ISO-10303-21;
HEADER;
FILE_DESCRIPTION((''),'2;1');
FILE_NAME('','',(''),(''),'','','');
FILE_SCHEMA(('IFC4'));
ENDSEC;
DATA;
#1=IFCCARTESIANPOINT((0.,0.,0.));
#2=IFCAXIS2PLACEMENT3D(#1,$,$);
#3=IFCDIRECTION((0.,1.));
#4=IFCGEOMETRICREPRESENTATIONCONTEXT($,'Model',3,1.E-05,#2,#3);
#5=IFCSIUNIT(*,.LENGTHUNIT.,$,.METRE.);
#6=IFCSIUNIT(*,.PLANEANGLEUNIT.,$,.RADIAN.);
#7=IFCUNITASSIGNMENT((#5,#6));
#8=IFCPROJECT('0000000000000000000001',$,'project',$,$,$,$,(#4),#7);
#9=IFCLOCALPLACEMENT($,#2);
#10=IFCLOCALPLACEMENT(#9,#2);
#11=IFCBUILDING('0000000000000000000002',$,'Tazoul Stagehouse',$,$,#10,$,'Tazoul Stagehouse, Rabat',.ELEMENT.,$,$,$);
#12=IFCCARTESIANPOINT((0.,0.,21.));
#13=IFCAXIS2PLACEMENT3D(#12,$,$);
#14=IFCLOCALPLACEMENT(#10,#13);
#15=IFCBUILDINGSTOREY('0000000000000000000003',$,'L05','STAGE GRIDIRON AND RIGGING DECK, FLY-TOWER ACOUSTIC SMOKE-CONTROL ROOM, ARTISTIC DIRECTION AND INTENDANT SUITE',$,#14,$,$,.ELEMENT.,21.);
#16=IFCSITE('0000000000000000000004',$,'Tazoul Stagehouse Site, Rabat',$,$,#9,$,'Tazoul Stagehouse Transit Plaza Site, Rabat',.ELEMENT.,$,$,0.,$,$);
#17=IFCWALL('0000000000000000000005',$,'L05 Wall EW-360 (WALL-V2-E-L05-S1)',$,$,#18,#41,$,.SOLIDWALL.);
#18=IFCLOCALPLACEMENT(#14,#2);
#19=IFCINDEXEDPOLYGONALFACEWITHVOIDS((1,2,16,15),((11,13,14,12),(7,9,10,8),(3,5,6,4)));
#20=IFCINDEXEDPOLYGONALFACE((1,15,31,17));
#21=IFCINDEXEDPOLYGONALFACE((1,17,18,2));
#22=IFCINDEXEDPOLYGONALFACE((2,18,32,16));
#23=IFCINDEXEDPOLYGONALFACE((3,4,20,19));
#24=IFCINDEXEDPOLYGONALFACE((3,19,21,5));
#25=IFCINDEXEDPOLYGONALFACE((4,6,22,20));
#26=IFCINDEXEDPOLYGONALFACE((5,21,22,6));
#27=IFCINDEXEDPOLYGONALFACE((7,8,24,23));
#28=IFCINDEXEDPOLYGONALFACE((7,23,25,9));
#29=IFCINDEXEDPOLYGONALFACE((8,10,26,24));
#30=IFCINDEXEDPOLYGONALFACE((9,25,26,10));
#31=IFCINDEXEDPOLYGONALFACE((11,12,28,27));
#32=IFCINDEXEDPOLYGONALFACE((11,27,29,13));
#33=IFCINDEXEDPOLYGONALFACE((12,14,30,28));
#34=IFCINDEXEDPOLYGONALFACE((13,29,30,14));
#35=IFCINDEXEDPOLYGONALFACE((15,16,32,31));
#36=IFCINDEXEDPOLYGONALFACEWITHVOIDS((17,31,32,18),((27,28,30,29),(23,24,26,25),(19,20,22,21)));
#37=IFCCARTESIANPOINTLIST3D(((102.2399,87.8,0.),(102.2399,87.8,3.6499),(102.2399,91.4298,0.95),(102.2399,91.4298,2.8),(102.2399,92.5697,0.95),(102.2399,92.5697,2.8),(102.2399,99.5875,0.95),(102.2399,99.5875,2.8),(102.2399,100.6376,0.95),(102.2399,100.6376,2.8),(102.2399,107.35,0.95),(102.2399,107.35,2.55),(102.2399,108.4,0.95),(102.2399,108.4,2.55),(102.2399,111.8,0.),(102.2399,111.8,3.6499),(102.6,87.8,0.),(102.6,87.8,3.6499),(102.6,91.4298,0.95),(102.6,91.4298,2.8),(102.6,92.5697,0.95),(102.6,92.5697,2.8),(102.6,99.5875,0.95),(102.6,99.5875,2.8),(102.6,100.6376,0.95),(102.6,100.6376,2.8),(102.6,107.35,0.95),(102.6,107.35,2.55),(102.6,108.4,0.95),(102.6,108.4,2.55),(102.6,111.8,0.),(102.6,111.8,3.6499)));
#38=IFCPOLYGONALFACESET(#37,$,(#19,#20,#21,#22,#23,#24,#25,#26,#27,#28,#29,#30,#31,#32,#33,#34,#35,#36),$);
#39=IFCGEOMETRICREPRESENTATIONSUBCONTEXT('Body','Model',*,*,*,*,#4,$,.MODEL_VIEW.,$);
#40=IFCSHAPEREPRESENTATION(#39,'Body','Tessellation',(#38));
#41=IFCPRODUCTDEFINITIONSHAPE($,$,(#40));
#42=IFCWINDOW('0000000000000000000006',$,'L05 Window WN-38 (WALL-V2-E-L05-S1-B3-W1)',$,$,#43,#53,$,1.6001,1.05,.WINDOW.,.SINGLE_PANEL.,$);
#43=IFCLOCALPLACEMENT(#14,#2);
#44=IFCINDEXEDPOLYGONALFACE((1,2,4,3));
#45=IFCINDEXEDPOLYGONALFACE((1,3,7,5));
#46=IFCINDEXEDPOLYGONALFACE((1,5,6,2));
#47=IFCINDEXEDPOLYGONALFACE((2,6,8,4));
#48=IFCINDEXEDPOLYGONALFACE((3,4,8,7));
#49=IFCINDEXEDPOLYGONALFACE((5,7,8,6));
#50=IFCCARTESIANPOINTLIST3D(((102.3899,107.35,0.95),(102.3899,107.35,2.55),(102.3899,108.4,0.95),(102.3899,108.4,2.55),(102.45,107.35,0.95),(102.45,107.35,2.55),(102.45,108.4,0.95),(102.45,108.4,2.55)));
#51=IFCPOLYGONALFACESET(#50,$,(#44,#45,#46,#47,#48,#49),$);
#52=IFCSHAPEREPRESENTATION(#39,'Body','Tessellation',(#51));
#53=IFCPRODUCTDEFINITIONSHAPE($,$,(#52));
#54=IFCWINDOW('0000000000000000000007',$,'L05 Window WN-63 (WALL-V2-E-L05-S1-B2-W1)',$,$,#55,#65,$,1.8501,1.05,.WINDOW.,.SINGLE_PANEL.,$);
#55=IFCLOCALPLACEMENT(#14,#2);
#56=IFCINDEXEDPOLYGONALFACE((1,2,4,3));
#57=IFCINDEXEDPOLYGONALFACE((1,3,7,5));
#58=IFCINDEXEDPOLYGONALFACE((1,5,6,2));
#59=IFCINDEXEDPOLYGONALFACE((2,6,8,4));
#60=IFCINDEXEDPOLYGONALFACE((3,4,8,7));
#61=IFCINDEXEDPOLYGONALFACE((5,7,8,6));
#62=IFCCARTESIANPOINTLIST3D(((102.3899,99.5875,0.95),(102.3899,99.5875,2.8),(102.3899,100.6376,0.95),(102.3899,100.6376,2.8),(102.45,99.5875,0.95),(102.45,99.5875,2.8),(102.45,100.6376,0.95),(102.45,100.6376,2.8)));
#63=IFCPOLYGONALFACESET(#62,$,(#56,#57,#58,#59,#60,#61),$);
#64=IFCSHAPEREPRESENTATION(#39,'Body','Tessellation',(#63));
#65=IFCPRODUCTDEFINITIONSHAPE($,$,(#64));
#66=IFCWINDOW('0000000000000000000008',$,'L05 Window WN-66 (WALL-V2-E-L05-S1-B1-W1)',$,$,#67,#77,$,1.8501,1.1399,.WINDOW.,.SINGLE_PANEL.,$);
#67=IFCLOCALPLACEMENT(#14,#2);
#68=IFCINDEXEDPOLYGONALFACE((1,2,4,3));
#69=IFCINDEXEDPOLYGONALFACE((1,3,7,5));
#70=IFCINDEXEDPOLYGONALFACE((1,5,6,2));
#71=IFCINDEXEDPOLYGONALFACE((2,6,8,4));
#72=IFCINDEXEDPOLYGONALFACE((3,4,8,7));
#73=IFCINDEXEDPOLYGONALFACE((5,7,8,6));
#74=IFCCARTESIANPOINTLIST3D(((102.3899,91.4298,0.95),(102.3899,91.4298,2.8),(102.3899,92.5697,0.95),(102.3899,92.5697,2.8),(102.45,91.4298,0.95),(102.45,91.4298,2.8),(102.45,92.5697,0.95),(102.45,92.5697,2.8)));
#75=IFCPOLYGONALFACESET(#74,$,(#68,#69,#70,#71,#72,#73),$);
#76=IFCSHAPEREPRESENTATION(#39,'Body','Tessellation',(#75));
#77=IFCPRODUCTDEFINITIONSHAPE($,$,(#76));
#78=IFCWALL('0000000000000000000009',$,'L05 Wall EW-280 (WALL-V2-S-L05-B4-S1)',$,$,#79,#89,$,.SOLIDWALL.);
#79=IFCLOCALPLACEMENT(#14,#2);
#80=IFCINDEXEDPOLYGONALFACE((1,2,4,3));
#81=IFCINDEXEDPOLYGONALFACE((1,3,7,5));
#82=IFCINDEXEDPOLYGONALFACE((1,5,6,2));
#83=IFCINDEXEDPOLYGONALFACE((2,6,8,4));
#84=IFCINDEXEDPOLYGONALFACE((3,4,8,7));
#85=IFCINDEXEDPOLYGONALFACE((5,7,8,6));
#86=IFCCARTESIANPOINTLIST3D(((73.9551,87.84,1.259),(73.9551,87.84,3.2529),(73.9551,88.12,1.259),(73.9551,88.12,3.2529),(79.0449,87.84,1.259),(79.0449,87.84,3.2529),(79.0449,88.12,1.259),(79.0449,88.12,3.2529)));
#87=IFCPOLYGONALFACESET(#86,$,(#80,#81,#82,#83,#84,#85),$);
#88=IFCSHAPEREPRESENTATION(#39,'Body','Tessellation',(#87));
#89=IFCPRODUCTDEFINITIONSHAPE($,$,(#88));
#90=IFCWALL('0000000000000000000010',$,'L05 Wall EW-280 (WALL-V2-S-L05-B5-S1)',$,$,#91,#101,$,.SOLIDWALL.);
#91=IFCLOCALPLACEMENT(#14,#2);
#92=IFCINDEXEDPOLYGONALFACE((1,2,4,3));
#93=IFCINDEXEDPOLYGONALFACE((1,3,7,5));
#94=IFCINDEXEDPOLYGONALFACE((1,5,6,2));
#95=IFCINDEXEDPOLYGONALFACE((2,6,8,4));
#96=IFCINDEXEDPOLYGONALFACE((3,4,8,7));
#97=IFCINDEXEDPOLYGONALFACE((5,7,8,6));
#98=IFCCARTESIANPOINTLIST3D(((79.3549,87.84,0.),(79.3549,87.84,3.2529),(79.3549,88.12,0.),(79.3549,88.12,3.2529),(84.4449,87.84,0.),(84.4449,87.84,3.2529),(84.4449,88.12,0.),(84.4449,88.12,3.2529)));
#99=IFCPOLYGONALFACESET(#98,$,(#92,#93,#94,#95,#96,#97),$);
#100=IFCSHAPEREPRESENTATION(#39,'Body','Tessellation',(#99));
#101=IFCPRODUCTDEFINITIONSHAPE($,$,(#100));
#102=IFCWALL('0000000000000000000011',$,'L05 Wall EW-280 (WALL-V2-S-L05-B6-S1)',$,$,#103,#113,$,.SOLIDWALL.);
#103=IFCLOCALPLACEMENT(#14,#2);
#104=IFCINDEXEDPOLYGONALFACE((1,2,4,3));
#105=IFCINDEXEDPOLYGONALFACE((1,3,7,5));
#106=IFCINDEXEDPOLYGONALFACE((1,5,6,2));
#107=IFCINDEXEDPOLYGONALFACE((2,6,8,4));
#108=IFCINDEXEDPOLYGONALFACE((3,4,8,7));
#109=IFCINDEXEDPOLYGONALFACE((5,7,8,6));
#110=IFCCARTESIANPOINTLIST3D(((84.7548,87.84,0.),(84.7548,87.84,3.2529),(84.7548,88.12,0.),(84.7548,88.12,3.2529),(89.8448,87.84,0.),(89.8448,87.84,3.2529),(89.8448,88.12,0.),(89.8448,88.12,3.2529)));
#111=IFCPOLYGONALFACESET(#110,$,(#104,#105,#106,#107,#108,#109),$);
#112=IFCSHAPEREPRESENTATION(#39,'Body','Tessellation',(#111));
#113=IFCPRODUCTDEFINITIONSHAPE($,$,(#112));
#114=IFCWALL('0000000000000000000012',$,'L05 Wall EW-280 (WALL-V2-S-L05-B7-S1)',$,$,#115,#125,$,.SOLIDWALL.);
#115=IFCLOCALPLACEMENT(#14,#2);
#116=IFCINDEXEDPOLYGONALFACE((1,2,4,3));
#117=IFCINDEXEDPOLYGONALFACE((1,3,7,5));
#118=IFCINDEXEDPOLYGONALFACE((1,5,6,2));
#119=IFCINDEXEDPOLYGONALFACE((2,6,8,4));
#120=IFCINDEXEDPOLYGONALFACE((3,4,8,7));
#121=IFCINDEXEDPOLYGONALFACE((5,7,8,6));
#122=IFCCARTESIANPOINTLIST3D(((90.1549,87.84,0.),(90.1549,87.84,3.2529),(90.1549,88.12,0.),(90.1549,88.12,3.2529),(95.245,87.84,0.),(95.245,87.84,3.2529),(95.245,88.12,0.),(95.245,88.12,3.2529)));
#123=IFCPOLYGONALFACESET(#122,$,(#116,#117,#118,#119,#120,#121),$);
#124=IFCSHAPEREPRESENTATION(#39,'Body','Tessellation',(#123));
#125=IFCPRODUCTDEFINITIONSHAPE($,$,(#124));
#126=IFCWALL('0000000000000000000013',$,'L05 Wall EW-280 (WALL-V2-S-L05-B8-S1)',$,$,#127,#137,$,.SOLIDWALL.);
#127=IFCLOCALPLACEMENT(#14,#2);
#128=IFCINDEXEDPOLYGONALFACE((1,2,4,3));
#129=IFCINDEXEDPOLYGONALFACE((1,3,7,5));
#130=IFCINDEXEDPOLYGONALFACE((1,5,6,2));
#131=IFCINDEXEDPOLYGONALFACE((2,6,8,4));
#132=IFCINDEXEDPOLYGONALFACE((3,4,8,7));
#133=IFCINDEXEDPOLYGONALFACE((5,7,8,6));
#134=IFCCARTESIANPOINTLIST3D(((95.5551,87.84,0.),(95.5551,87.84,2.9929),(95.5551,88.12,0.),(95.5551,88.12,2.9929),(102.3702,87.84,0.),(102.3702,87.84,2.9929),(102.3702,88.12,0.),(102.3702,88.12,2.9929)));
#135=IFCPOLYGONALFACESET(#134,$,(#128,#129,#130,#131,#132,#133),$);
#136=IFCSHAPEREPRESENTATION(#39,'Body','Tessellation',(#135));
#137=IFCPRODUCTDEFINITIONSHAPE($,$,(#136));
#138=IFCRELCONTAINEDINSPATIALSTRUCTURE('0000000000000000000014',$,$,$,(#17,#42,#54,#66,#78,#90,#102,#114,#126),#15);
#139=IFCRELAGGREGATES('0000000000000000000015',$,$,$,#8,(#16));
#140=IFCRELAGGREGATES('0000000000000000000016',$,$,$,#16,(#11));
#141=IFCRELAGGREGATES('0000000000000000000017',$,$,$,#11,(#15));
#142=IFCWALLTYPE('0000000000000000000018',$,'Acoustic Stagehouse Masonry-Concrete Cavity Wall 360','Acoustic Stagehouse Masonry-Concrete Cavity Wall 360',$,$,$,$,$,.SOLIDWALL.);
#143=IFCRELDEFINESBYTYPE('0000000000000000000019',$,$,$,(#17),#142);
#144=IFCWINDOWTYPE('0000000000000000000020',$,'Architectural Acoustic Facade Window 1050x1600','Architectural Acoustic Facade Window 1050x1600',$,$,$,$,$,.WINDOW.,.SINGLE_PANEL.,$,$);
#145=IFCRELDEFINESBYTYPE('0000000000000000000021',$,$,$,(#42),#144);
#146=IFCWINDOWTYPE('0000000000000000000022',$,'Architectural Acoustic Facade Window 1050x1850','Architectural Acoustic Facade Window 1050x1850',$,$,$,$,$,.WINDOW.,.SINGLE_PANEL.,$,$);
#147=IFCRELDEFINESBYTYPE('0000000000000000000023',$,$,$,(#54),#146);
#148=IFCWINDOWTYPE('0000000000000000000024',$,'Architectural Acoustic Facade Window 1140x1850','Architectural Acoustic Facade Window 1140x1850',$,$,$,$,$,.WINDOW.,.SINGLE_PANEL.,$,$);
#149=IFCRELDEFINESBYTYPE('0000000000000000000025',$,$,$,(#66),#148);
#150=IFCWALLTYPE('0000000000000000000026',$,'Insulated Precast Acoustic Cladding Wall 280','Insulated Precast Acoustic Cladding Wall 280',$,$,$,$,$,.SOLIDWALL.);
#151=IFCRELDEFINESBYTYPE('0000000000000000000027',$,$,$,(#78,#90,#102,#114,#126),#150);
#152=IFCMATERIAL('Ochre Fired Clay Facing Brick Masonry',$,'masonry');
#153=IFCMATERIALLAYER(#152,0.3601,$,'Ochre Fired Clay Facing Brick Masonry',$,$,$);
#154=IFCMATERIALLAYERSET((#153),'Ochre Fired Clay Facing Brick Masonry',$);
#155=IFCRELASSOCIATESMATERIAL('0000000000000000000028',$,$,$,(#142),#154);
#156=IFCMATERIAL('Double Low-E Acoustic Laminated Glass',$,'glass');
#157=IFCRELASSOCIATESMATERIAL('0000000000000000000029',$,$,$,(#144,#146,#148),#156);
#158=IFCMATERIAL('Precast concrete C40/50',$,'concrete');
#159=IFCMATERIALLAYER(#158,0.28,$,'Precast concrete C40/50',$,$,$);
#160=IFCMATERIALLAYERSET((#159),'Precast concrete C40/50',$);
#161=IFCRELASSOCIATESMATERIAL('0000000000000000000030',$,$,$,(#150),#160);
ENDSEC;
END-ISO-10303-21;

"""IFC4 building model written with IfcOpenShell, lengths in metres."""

from ifc_helpers import new_model, si_unit, direction, frame, frame_2d, origin, place, context, subcontext, project, spatial, rectangle, extrude, material, layer, layer_set, type_object, element, fill, save


model = new_model("IFC4")

# Units and contexts
model_context = context("Model", 3, precision=1e-05, world=origin(), true_north=direction((0.0, 1.0)))
body_context = subcontext(model_context, "Body", "Model", "MODEL_VIEW")
ifc_project = project(units=[si_unit("LENGTHUNIT", "METRE"), si_unit("PLANEANGLEUNIT", "RADIAN")], contexts=[model_context])

# Site, building, storey
site_placement = place(None, origin())
site = spatial("IfcSite", under=ifc_project, at=site_placement, Name="Tazoul Stagehouse Site, Rabat", LongName="Tazoul Stagehouse Transit Plaza Site, Rabat", CompositionType="ELEMENT", RefElevation=0.0)
building_placement = place(site_placement, origin())
building = spatial("IfcBuilding", under=site, at=building_placement, Name="Tazoul Stagehouse", LongName="Tazoul Stagehouse, Rabat", CompositionType="ELEMENT")
storey_placement = place(building_placement, frame((0.0, 0.0, 21.0)))
storey = spatial("IfcBuildingStorey", under=building, at=storey_placement, Name="L05", Description="STAGE GRIDIRON AND RIGGING DECK, FLY-TOWER ACOUSTIC SMOKE-CONTROL ROOM, ARTISTIC DIRECTION AND INTENDANT SUITE", CompositionType="ELEMENT", Elevation=21.0)

# Wall, openings, windows
ifc_material_1 = material(Name="Ochre Fired Clay Facing Brick Masonry", Category="masonry")
ifc_layer_1 = layer(ifc_material_1, 0.3601, Name="Ochre Fired Clay Facing Brick Masonry")
ifc_layer_set_1 = layer_set([ifc_layer_1], Name="Ochre Fired Clay Facing Brick Masonry")
wall_type_1 = type_object("IfcWallType", Name="Acoustic Stagehouse Masonry-Concrete Cavity Wall 360", Description="Acoustic Stagehouse Masonry-Concrete Cavity Wall 360", PredefinedType="SOLIDWALL", material=ifc_layer_set_1)
wall_1_placement = place(storey_placement, frame((102.4199, 87.8, 0.0), z_axis=(0.0, 0.0, 1.0), x_axis=(0.0, 1.0, 0.0)))
wall_1 = element("IfcWall", 1, at=wall_1_placement, inside=storey, type_object=wall_type_1, Name="L05 Wall EW-360 (WALL-V2-E-L05-S1)", PredefinedType="SOLIDWALL", context=body_context, shape_type="SweptSolid", body=[
    extrude(rectangle(XDim=24.0, YDim=0.3601, at=frame_2d((12.0, 0.0))), origin(), (0.0, 0.0, 1.0), 3.6499),
])
opening_1_placement = place(wall_1_placement, frame((3.6299, 0.0, 0.95)))
opening_1 = element("IfcOpeningElement", 2, at=opening_1_placement, cuts=wall_1, PredefinedType="OPENING", context=body_context, shape_type="SweptSolid", body=[
    extrude(rectangle(XDim=1.1399, YDim=1.8501, at=frame_2d((0.5698, 0.925))), frame((0.0, 0.2, 0.0), z_axis=(0.0, -1.0, 0.0), x_axis=(1.0, 0.0, 0.0)), (0.0, 0.0, 1.0), 0.4001),
])
opening_2_placement = place(wall_1_placement, frame((11.7876, 0.0, 0.95)))
opening_2 = element("IfcOpeningElement", 3, at=opening_2_placement, cuts=wall_1, PredefinedType="OPENING", context=body_context, shape_type="SweptSolid", body=[
    extrude(rectangle(XDim=1.05, YDim=1.8501, at=frame_2d((0.5249, 0.925))), frame((0.0, 0.2, 0.0), z_axis=(0.0, -1.0, 0.0), x_axis=(1.0, 0.0, 0.0)), (0.0, 0.0, 1.0), 0.4001),
])
opening_3_placement = place(wall_1_placement, frame((19.55, 0.0, 0.95)))
opening_3 = element("IfcOpeningElement", 4, at=opening_3_placement, cuts=wall_1, PredefinedType="OPENING", context=body_context, shape_type="SweptSolid", body=[
    extrude(rectangle(XDim=1.05, YDim=1.6001, at=frame_2d((0.5249, 0.8))), frame((0.0, 0.2, 0.0), z_axis=(0.0, -1.0, 0.0), x_axis=(1.0, 0.0, 0.0)), (0.0, 0.0, 1.0), 0.4001),
])
ifc_material_2 = material(Name="Double Low-E Acoustic Laminated Glass", Category="glass")
window_type_1 = type_object("IfcWindowType", Name="Architectural Acoustic Facade Window 1050x1600", Description="Architectural Acoustic Facade Window 1050x1600", PartitioningType="SINGLE_PANEL", PredefinedType="WINDOW", material=ifc_material_2)
window_1_placement = place(opening_3_placement, origin())
window_1 = element("IfcWindow", 5, at=window_1_placement, inside=storey, type_object=window_type_1, Name="L05 Window WN-38 (WALL-V2-E-L05-S1-B3-W1)", OverallHeight=1.6001, OverallWidth=1.05, PartitioningType="SINGLE_PANEL", PredefinedType="WINDOW", context=body_context, shape_type="SweptSolid", body=[
    extrude(rectangle(XDim=1.05, YDim=1.6001, at=frame_2d((0.5249, 0.8))), frame((0.0, 0.03, 0.0), z_axis=(0.0, -1.0, 0.0), x_axis=(1.0, 0.0, 0.0)), (0.0, 0.0, 1.0), 0.0601),
])
fill(opening_3, window_1)
window_type_2 = type_object("IfcWindowType", Name="Architectural Acoustic Facade Window 1050x1850", Description="Architectural Acoustic Facade Window 1050x1850", PartitioningType="SINGLE_PANEL", PredefinedType="WINDOW", material=ifc_material_2)
window_2_placement = place(opening_2_placement, origin())
window_2 = element("IfcWindow", 6, at=window_2_placement, inside=storey, type_object=window_type_2, Name="L05 Window WN-63 (WALL-V2-E-L05-S1-B2-W1)", OverallHeight=1.8501, OverallWidth=1.05, PartitioningType="SINGLE_PANEL", PredefinedType="WINDOW", context=body_context, shape_type="SweptSolid", body=[
    extrude(rectangle(XDim=1.05, YDim=1.8501, at=frame_2d((0.5249, 0.925))), frame((0.0, 0.03, 0.0), z_axis=(0.0, -1.0, 0.0), x_axis=(1.0, 0.0, 0.0)), (0.0, 0.0, 1.0), 0.0601),
])
fill(opening_2, window_2)
window_type_3 = type_object("IfcWindowType", Name="Architectural Acoustic Facade Window 1140x1850", Description="Architectural Acoustic Facade Window 1140x1850", PartitioningType="SINGLE_PANEL", PredefinedType="WINDOW", material=ifc_material_2)
window_3_placement = place(opening_1_placement, origin())
window_3 = element("IfcWindow", 7, at=window_3_placement, inside=storey, type_object=window_type_3, Name="L05 Window WN-66 (WALL-V2-E-L05-S1-B1-W1)", OverallHeight=1.8501, OverallWidth=1.1399, PartitioningType="SINGLE_PANEL", PredefinedType="WINDOW", context=body_context, shape_type="SweptSolid", body=[
    extrude(rectangle(XDim=1.1399, YDim=1.8501, at=frame_2d((0.5698, 0.925))), frame((0.0, 0.03, 0.0), z_axis=(0.0, -1.0, 0.0), x_axis=(1.0, 0.0, 0.0)), (0.0, 0.0, 1.0), 0.0601),
])
fill(opening_1, window_3)

# Walls
ifc_material_3 = material(Name="Precast concrete C40/50", Category="concrete")
ifc_layer_2 = layer(ifc_material_3, 0.28, Name="Precast concrete C40/50")
ifc_layer_set_2 = layer_set([ifc_layer_2], Name="Precast concrete C40/50")
wall_type_2 = type_object("IfcWallType", Name="Insulated Precast Acoustic Cladding Wall 280", Description="Insulated Precast Acoustic Cladding Wall 280", PredefinedType="SOLIDWALL", material=ifc_layer_set_2)
wall_2_placement = place(storey_placement, frame((73.9551, 87.98, 1.259), z_axis=(0.0, 0.0, 1.0), x_axis=(1.0, 0.0, 0.0)))
element("IfcWall", 8, at=wall_2_placement, inside=storey, type_object=wall_type_2, Name="L05 Wall EW-280 (WALL-V2-S-L05-B4-S1)", PredefinedType="SOLIDWALL", context=body_context, shape_type="SweptSolid", body=[
    extrude(rectangle(XDim=5.0898, YDim=0.28, at=frame_2d((2.5449, 0.0))), origin(), (0.0, 0.0, 1.0), 1.9939),
])
for number, where, z_axis, x_axis, name in (
    (9, (79.355, 87.98, 0.0), (0.0, 0.0, 1.0), (1.0, 0.0, 0.0), "L05 Wall EW-280 (WALL-V2-S-L05-B5-S1)"),
    (10, (84.7549, 87.98, 0.0), (0.0, 0.0, 1.0), (1.0, 0.0, 0.0), "L05 Wall EW-280 (WALL-V2-S-L05-B6-S1)"),
    (11, (90.155, 87.98, 0.0), (0.0, 0.0, 1.0), (1.0, 0.0, 0.0), "L05 Wall EW-280 (WALL-V2-S-L05-B7-S1)"),
):
    element("IfcWall", number, at=place(storey_placement, frame(where, z_axis=z_axis, x_axis=x_axis)), inside=storey, type_object=wall_type_2, Name=name, PredefinedType="SOLIDWALL", context=body_context, shape_type="SweptSolid", body=[
        extrude(rectangle(XDim=5.0901, YDim=0.28, at=frame_2d((2.5449, 0.0))), origin(), (0.0, 0.0, 1.0), 3.2529),
    ])
wall_3_placement = place(storey_placement, frame((95.5549, 87.98, 0.0), z_axis=(0.0, 0.0, 1.0), x_axis=(1.0, 0.0, 0.0)))
element("IfcWall", 12, at=wall_3_placement, inside=storey, type_object=wall_type_2, Name="L05 Wall EW-280 (WALL-V2-S-L05-B8-S1)", PredefinedType="SOLIDWALL", context=body_context, shape_type="SweptSolid", body=[
    extrude(rectangle(XDim=6.8152, YDim=0.28, at=frame_2d((3.4077, 0.0))), origin(), (0.0, 0.0, 1.0), 2.9929),
])

save(model, "model.ifc")
